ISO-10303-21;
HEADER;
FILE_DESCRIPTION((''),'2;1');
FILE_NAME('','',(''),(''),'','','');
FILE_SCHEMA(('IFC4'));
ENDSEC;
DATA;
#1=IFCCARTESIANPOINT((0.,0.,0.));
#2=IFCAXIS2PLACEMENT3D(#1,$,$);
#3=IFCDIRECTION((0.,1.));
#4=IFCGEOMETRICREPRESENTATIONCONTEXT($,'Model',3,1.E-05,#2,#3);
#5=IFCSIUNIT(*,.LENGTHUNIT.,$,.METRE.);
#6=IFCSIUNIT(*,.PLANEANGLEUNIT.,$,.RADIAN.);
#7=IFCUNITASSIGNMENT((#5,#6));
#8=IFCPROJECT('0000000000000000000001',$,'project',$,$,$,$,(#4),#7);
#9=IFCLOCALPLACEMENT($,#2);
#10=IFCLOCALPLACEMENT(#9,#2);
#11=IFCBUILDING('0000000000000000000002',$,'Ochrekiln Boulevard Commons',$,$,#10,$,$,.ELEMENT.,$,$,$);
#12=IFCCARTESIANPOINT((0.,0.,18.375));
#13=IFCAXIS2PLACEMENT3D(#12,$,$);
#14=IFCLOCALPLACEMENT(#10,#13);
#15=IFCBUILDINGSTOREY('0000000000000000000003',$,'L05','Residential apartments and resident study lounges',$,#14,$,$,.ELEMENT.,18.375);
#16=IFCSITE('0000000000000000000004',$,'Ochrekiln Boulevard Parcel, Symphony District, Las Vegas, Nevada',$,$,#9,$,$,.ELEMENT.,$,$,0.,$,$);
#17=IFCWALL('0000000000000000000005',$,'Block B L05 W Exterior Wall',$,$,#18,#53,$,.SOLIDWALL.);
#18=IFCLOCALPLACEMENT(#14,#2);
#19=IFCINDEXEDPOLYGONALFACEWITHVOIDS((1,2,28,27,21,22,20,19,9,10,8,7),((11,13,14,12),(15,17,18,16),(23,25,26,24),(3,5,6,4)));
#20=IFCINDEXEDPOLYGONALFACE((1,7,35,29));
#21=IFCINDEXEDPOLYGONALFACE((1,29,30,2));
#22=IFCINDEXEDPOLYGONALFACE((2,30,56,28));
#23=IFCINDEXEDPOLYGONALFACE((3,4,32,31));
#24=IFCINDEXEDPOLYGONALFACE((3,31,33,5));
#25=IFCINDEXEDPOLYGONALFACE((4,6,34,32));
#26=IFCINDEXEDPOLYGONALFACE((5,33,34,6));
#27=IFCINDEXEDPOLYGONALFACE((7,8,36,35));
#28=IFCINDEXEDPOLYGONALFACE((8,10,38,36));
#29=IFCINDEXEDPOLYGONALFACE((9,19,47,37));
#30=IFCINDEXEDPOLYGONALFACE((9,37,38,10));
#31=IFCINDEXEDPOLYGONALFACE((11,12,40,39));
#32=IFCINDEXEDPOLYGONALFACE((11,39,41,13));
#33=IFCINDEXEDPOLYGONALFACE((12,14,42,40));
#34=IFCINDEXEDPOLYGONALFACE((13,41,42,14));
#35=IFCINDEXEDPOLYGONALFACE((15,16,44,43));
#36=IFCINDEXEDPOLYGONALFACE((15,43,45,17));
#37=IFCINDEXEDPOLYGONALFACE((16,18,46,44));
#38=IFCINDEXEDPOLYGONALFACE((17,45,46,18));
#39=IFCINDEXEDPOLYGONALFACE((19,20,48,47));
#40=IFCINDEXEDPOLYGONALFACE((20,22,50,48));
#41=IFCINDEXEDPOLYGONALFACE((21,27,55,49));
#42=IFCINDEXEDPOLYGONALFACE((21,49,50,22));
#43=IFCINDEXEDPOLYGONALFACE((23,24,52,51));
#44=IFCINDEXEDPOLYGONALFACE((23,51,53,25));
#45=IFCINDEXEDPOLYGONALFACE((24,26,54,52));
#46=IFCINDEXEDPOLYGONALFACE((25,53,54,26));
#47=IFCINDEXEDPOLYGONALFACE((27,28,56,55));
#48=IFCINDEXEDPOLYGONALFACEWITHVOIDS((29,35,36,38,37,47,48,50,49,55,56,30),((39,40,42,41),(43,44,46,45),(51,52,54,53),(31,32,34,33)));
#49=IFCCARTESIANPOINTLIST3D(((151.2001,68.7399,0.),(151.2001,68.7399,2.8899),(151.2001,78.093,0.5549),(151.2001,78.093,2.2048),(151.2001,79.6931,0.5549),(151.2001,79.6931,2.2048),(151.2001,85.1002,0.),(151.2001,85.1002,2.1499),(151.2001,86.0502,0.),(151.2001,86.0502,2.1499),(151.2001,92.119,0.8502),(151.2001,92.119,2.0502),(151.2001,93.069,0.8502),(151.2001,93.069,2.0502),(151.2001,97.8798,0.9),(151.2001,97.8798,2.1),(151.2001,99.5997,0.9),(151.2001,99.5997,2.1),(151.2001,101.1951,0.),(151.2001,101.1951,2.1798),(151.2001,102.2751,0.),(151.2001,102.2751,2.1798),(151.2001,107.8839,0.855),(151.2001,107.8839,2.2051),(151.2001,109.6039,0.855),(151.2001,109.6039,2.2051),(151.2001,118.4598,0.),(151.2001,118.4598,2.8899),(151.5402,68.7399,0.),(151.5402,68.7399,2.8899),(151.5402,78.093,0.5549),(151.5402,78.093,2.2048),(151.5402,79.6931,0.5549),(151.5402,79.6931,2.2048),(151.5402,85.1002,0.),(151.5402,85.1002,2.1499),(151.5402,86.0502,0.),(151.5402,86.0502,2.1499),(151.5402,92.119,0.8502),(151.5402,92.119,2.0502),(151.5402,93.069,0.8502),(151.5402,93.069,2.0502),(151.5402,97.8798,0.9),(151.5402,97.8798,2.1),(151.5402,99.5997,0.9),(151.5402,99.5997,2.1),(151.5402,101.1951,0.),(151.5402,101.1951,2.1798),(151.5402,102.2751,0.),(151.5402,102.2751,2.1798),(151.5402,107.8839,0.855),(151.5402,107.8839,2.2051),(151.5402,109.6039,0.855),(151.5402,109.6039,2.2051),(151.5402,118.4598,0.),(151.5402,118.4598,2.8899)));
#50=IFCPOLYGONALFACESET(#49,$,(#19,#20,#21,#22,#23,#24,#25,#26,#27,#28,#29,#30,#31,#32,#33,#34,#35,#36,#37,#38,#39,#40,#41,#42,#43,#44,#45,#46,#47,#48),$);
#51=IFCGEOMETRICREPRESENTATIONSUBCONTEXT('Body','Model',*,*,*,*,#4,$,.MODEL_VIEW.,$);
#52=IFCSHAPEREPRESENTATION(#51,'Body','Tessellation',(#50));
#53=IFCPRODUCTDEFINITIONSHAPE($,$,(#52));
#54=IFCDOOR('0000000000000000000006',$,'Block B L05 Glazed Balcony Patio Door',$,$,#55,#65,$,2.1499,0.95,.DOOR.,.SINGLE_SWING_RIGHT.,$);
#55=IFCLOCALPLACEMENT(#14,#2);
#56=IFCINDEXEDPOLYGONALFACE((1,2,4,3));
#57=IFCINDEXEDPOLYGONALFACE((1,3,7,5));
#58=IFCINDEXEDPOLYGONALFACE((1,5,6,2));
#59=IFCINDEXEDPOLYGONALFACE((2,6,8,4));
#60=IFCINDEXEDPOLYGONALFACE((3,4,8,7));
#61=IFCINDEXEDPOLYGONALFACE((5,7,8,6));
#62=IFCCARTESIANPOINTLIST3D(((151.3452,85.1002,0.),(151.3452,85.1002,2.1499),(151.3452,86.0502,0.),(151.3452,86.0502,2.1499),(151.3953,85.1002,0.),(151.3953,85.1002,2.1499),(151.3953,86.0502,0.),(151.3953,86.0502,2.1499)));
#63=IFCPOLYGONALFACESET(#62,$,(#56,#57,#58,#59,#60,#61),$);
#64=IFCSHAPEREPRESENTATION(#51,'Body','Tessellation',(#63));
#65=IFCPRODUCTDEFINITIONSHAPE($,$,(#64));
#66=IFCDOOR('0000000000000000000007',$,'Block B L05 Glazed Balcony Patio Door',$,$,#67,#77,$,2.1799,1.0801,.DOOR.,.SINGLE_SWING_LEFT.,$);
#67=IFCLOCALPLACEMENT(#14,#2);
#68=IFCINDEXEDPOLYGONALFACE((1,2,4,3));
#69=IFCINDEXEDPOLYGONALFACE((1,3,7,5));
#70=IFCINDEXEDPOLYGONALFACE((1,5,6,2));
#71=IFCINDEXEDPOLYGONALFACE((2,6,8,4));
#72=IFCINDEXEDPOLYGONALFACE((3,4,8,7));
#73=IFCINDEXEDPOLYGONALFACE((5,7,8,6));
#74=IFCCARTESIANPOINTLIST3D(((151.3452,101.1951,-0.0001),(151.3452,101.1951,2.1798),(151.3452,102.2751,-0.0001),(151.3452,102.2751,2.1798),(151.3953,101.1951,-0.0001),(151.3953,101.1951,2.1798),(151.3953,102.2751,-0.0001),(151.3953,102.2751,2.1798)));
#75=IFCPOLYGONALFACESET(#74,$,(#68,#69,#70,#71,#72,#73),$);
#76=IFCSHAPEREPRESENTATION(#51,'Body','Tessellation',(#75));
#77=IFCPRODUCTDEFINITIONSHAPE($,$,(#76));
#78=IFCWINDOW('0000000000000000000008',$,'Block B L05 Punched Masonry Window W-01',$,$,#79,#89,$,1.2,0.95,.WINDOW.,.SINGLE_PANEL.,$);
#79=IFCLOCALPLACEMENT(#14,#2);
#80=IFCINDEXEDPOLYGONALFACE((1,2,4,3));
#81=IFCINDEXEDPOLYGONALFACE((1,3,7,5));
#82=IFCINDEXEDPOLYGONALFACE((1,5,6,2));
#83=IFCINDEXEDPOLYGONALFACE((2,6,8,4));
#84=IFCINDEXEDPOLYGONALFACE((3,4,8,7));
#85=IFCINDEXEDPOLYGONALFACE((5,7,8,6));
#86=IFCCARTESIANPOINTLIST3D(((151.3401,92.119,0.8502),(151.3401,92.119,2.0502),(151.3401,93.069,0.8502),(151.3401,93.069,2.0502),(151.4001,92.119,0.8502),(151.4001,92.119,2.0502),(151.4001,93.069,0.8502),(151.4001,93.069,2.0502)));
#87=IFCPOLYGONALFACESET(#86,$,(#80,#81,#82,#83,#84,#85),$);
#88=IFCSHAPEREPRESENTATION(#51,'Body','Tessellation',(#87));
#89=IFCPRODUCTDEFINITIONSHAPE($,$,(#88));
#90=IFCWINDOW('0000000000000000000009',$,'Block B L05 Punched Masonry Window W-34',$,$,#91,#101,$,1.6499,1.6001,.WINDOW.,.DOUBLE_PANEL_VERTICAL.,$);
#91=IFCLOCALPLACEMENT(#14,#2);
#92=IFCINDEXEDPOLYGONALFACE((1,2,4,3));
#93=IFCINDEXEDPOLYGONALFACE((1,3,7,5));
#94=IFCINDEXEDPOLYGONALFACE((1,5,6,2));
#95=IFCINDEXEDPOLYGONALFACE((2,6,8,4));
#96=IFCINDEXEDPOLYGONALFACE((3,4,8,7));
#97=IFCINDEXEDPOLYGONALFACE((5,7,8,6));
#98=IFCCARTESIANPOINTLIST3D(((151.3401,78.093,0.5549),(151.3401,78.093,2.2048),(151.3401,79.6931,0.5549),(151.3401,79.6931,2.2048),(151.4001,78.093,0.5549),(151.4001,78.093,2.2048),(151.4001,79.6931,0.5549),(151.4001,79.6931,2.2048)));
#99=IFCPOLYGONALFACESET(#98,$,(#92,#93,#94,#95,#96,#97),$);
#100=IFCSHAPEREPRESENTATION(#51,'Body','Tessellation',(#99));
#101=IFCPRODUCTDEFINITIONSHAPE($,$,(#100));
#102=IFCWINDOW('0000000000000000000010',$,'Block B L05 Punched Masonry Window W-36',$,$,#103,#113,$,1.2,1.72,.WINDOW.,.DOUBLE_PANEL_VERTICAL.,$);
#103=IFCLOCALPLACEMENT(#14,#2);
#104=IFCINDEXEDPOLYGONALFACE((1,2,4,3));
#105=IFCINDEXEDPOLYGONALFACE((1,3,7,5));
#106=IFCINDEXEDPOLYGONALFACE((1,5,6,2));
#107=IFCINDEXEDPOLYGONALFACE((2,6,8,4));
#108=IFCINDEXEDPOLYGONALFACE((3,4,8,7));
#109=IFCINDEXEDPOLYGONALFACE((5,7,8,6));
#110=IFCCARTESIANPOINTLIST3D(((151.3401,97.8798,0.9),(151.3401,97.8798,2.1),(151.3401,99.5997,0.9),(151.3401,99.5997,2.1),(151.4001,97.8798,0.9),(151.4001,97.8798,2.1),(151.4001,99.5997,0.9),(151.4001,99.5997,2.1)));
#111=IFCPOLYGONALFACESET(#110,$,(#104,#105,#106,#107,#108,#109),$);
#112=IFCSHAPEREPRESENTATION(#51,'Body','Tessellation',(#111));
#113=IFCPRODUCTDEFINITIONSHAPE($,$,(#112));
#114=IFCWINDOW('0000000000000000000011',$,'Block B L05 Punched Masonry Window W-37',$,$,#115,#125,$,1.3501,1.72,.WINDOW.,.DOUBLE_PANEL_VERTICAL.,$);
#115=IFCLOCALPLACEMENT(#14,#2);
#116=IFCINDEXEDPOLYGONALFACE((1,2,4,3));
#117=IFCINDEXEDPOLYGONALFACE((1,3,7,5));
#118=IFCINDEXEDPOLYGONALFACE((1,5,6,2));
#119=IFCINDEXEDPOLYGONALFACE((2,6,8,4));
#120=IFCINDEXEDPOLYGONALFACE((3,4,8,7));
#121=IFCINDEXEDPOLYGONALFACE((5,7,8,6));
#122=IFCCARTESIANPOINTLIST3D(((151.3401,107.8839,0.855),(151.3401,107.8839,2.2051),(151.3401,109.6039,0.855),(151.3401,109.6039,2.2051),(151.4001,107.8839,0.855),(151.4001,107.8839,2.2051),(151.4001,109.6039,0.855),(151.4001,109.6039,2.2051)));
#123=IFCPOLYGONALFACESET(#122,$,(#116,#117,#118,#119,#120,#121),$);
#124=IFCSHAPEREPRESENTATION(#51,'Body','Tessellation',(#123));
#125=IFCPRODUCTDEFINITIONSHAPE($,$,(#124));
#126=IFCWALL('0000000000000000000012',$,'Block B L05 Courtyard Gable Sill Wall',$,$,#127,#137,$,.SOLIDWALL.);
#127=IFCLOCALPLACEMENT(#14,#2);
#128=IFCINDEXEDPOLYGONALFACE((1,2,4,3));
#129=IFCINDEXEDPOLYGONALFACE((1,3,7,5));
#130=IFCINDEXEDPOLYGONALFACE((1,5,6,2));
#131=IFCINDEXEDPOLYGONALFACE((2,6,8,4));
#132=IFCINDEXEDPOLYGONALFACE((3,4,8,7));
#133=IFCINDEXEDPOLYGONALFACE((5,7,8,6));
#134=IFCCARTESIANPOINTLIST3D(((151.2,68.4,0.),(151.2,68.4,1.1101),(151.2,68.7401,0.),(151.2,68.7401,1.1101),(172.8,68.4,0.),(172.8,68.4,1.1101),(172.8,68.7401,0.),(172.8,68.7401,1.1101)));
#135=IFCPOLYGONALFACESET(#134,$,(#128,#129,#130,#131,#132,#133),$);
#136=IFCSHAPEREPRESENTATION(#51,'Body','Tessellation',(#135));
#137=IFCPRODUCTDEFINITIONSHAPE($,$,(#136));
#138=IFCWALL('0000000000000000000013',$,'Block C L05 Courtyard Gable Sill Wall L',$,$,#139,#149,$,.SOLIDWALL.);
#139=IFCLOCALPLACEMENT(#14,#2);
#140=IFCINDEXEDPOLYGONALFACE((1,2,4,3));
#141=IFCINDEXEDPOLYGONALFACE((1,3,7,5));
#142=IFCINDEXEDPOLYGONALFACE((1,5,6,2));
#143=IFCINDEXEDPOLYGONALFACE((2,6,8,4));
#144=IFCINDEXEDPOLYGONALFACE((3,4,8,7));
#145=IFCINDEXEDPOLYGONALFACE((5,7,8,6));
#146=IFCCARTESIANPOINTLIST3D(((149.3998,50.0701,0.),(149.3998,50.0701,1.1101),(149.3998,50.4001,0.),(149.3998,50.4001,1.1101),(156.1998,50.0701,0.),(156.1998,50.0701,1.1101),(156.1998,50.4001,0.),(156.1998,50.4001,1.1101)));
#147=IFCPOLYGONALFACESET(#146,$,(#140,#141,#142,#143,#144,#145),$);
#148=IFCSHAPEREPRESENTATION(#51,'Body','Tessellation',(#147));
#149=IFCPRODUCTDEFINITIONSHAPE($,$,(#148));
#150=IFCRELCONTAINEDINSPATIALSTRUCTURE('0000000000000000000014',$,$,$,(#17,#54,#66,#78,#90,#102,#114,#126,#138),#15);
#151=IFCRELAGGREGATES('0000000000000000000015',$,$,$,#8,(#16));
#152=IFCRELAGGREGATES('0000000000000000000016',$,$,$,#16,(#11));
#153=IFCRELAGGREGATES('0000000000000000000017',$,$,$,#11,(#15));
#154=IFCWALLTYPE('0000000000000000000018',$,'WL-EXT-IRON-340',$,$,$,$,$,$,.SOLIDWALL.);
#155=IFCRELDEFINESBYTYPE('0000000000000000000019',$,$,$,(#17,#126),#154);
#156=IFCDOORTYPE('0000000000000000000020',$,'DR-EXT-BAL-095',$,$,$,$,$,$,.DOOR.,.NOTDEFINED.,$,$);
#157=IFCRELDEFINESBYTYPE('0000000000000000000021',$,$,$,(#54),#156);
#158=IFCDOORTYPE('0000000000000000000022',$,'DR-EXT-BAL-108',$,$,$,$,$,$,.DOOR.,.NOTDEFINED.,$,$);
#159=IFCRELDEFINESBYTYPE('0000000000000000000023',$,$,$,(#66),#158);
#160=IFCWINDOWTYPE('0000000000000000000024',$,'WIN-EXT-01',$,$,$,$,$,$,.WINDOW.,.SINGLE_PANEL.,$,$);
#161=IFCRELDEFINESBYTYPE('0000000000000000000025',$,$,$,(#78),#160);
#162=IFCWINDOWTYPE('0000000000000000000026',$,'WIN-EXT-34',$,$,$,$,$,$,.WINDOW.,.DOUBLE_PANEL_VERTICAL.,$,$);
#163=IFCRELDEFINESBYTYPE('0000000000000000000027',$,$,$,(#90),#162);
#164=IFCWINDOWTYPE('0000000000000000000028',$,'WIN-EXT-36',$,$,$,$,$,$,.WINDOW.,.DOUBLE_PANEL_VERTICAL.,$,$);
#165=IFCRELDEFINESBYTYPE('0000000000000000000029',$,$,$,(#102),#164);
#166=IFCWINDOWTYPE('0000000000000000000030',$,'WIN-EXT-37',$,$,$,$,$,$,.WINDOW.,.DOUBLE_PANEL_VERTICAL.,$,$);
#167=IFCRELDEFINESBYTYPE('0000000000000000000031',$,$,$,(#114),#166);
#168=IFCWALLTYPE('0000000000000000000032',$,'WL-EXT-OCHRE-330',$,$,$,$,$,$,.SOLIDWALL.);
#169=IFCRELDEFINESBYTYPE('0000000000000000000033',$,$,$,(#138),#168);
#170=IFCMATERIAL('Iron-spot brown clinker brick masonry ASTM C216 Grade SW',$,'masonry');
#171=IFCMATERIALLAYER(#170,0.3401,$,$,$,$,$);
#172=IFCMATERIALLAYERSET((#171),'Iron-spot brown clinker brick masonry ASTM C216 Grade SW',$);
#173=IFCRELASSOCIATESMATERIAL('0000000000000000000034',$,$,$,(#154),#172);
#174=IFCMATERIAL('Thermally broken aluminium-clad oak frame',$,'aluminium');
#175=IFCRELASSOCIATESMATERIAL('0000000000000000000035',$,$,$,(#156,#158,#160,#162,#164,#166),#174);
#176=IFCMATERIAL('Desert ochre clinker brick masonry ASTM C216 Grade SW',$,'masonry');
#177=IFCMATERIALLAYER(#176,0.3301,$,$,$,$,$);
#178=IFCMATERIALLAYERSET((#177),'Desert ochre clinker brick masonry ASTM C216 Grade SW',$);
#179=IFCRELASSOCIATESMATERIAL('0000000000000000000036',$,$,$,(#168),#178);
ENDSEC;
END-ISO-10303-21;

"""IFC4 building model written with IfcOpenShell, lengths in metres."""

from ifc_helpers import new_model, si_unit, direction, frame, frame_2d, origin, place, context, subcontext, project, spatial, rectangle, extrude, material, layer, layer_set, type_object, element, fill, save


model = new_model("IFC4")

# Units and contexts
model_context = context("Model", 3, precision=1e-05, world=origin(), true_north=direction((0.0, 1.0)))
body_context = subcontext(model_context, "Body", "Model", "MODEL_VIEW")
ifc_project = project(units=[si_unit("LENGTHUNIT", "METRE"), si_unit("PLANEANGLEUNIT", "RADIAN")], contexts=[model_context])

# Site, building, storey
site_placement = place(None, origin())
site = spatial("IfcSite", under=ifc_project, at=site_placement, Name="Ochrekiln Boulevard Parcel, Symphony District, Las Vegas, Nevada", CompositionType="ELEMENT", RefElevation=0.0)
building_placement = place(site_placement, origin())
building = spatial("IfcBuilding", under=site, at=building_placement, Name="Ochrekiln Boulevard Commons", CompositionType="ELEMENT")
storey_placement = place(building_placement, frame((0.0, 0.0, 18.375)))
storey = spatial("IfcBuildingStorey", under=building, at=storey_placement, Name="L05", Description="Residential apartments and resident study lounges", CompositionType="ELEMENT", Elevation=18.375)

# Wall, openings, doors, windows
ifc_material_1 = material(Name="Iron-spot brown clinker brick masonry ASTM C216 Grade SW", Category="masonry")
ifc_layer_1 = layer(ifc_material_1, 0.3401)
ifc_layer_set_1 = layer_set([ifc_layer_1], Name="Iron-spot brown clinker brick masonry ASTM C216 Grade SW")
wall_type_1 = type_object("IfcWallType", Name="WL-EXT-IRON-340", PredefinedType="SOLIDWALL", material=ifc_layer_set_1)
wall_1_placement = place(storey_placement, frame((151.3701, 68.74, 0.0), z_axis=(0.0, 0.0, 1.0), x_axis=(0.0, 1.0, 0.0)))
wall_1 = element("IfcWall", 1, at=wall_1_placement, inside=storey, type_object=wall_type_1, Name="Block B L05 W Exterior Wall", PredefinedType="SOLIDWALL", context=body_context, shape_type="SweptSolid", body=[
    extrude(rectangle(XDim=49.72, YDim=0.3401, at=frame_2d((24.8599, 0.0))), origin(), (0.0, 0.0, 1.0), 2.8899),
])
opening_1_placement = place(wall_1_placement, frame((16.3601, 0.0, 0.0)))
opening_1 = element("IfcOpeningElement", 2, at=opening_1_placement, cuts=wall_1, PredefinedType="OPENING", context=body_context, shape_type="SweptSolid", body=[
    extrude(rectangle(XDim=0.95, YDim=2.1499, at=frame_2d((0.4751, 1.075))), frame((0.0, 0.1799, 0.0), z_axis=(0.0, -1.0, 0.0), x_axis=(1.0, 0.0, 0.0)), (0.0, 0.0, 1.0), 0.3601),
])
opening_2_placement = place(wall_1_placement, frame((9.353, 0.0, 0.5549)))
opening_2 = element("IfcOpeningElement", 3, at=opening_2_placement, cuts=wall_1, PredefinedType="OPENING", context=body_context, shape_type="SweptSolid", body=[
    extrude(rectangle(XDim=1.6001, YDim=1.6499, at=frame_2d((0.8, 0.825))), frame((0.0, 0.1799, 0.0), z_axis=(0.0, -1.0, 0.0), x_axis=(1.0, 0.0, 0.0)), (0.0, 0.0, 1.0), 0.3601),
])
opening_3_placement = place(wall_1_placement, frame((23.3789, 0.0, 0.8501)))
opening_3 = element("IfcOpeningElement", 4, at=opening_3_placement, cuts=wall_1, PredefinedType="OPENING", context=body_context, shape_type="SweptSolid", body=[
    extrude(rectangle(XDim=0.95, YDim=1.2, at=frame_2d((0.4751, 0.6001))), frame((0.0, 0.1799, 0.0), z_axis=(0.0, -1.0, 0.0), x_axis=(1.0, 0.0, 0.0)), (0.0, 0.0, 1.0), 0.3601),
])
opening_4_placement = place(wall_1_placement, frame((32.4551, 0.0, 0.0)))
opening_4 = element("IfcOpeningElement", 5, at=opening_4_placement, cuts=wall_1, PredefinedType="OPENING", context=body_context, shape_type="SweptSolid", body=[
    extrude(rectangle(XDim=1.0801, YDim=2.1799, at=frame_2d((0.54, 1.0898))), frame((0.0, 0.1799, 0.0), z_axis=(0.0, -1.0, 0.0), x_axis=(1.0, 0.0, 0.0)), (0.0, 0.0, 1.0), 0.3601),
])
opening_5_placement = place(wall_1_placement, frame((29.1399, 0.0, 0.8999)))
opening_5 = element("IfcOpeningElement", 6, at=opening_5_placement, cuts=wall_1, PredefinedType="OPENING", context=body_context, shape_type="SweptSolid", body=[
    extrude(rectangle(XDim=1.72, YDim=1.2, at=frame_2d((0.8599, 0.6001))), frame((0.0, 0.1799, 0.0), z_axis=(0.0, -1.0, 0.0), x_axis=(1.0, 0.0, 0.0)), (0.0, 0.0, 1.0), 0.3601),
])
opening_6_placement = place(wall_1_placement, frame((39.144, 0.0, 0.855)))
opening_6 = element("IfcOpeningElement", 7, at=opening_6_placement, cuts=wall_1, PredefinedType="OPENING", context=body_context, shape_type="SweptSolid", body=[
    extrude(rectangle(XDim=1.72, YDim=1.3501, at=frame_2d((0.8599, 0.675))), frame((0.0, 0.1799, 0.0), z_axis=(0.0, -1.0, 0.0), x_axis=(1.0, 0.0, 0.0)), (0.0, 0.0, 1.0), 0.3601),
])
ifc_material_2 = material(Name="Thermally broken aluminium-clad oak frame", Category="aluminium")
door_type_1 = type_object("IfcDoorType", Name="DR-EXT-BAL-095", OperationType="NOTDEFINED", PredefinedType="DOOR", material=ifc_material_2)
door_1_placement = place(opening_1_placement, origin())
door_1 = element("IfcDoor", 8, at=door_1_placement, inside=storey, type_object=door_type_1, Name="Block B L05 Glazed Balcony Patio Door", OperationType="SINGLE_SWING_RIGHT", OverallHeight=2.1499, OverallWidth=0.95, PredefinedType="DOOR", context=body_context, shape_type="SweptSolid", body=[
    extrude(rectangle(XDim=0.95, YDim=2.1499, at=frame_2d((0.4751, 1.075))), frame((0.0, 0.0249, 0.0), z_axis=(0.0, -1.0, 0.0), x_axis=(1.0, 0.0, 0.0)), (0.0, 0.0, 1.0), 0.05),
])
fill(opening_1, door_1)
door_type_2 = type_object("IfcDoorType", Name="DR-EXT-BAL-108", OperationType="NOTDEFINED", PredefinedType="DOOR", material=ifc_material_2)
door_2_placement = place(opening_4_placement, origin())
door_2 = element("IfcDoor", 9, at=door_2_placement, inside=storey, type_object=door_type_2, Name="Block B L05 Glazed Balcony Patio Door", OperationType="SINGLE_SWING_LEFT", OverallHeight=2.1799, OverallWidth=1.0801, PredefinedType="DOOR", context=body_context, shape_type="SweptSolid", body=[
    extrude(rectangle(XDim=1.0801, YDim=2.1799, at=frame_2d((0.54, 1.0898))), frame((0.0, 0.0249, 0.0), z_axis=(0.0, -1.0, 0.0), x_axis=(1.0, 0.0, 0.0)), (0.0, 0.0, 1.0), 0.05),
])
fill(opening_4, door_2)
window_type_1 = type_object("IfcWindowType", Name="WIN-EXT-01", PartitioningType="SINGLE_PANEL", PredefinedType="WINDOW", material=ifc_material_2)
window_1_placement = place(opening_3_placement, origin())
window_1 = element("IfcWindow", 10, at=window_1_placement, inside=storey, type_object=window_type_1, Name="Block B L05 Punched Masonry Window W-01", OverallHeight=1.2, OverallWidth=0.95, PartitioningType="SINGLE_PANEL", PredefinedType="WINDOW", context=body_context, shape_type="SweptSolid", body=[
    extrude(rectangle(XDim=0.95, YDim=1.2, at=frame_2d((0.4751, 0.6001))), frame((0.0, 0.03, 0.0), z_axis=(0.0, -1.0, 0.0), x_axis=(1.0, 0.0, 0.0)), (0.0, 0.0, 1.0), 0.0601),
])
fill(opening_3, window_1)
window_type_2 = type_object("IfcWindowType", Name="WIN-EXT-34", PartitioningType="DOUBLE_PANEL_VERTICAL", PredefinedType="WINDOW", material=ifc_material_2)
window_2_placement = place(opening_2_placement, origin())
window_2 = element("IfcWindow", 11, at=window_2_placement, inside=storey, type_object=window_type_2, Name="Block B L05 Punched Masonry Window W-34", OverallHeight=1.6499, OverallWidth=1.6001, PartitioningType="DOUBLE_PANEL_VERTICAL", PredefinedType="WINDOW", context=body_context, shape_type="SweptSolid", body=[
    extrude(rectangle(XDim=1.6001, YDim=1.6499, at=frame_2d((0.8, 0.825))), frame((0.0, 0.03, 0.0), z_axis=(0.0, -1.0, 0.0), x_axis=(1.0, 0.0, 0.0)), (0.0, 0.0, 1.0), 0.0601),
])
fill(opening_2, window_2)
window_type_3 = type_object("IfcWindowType", Name="WIN-EXT-36", PartitioningType="DOUBLE_PANEL_VERTICAL", PredefinedType="WINDOW", material=ifc_material_2)
window_3_placement = place(opening_5_placement, origin())
window_3 = element("IfcWindow", 12, at=window_3_placement, inside=storey, type_object=window_type_3, Name="Block B L05 Punched Masonry Window W-36", OverallHeight=1.2, OverallWidth=1.72, PartitioningType="DOUBLE_PANEL_VERTICAL", PredefinedType="WINDOW", context=body_context, shape_type="SweptSolid", body=[
    extrude(rectangle(XDim=1.72, YDim=1.2, at=frame_2d((0.8599, 0.6001))), frame((0.0, 0.03, 0.0), z_axis=(0.0, -1.0, 0.0), x_axis=(1.0, 0.0, 0.0)), (0.0, 0.0, 1.0), 0.0601),
])
fill(opening_5, window_3)
window_type_4 = type_object("IfcWindowType", Name="WIN-EXT-37", PartitioningType="DOUBLE_PANEL_VERTICAL", PredefinedType="WINDOW", material=ifc_material_2)
window_4_placement = place(opening_6_placement, origin())
window_4 = element("IfcWindow", 13, at=window_4_placement, inside=storey, type_object=window_type_4, Name="Block B L05 Punched Masonry Window W-37", OverallHeight=1.3501, OverallWidth=1.72, PartitioningType="DOUBLE_PANEL_VERTICAL", PredefinedType="WINDOW", context=body_context, shape_type="SweptSolid", body=[
    extrude(rectangle(XDim=1.72, YDim=1.3501, at=frame_2d((0.8599, 0.675))), frame((0.0, 0.03, 0.0), z_axis=(0.0, -1.0, 0.0), x_axis=(1.0, 0.0, 0.0)), (0.0, 0.0, 1.0), 0.0601),
])
fill(opening_6, window_4)

# Walls
wall_2_placement = place(storey_placement, frame((151.2, 68.5701, 0.0), z_axis=(0.0, 0.0, 1.0), x_axis=(1.0, 0.0, 0.0)))
element("IfcWall", 14, at=wall_2_placement, inside=storey, type_object=wall_type_1, Name="Block B L05 Courtyard Gable Sill Wall", PredefinedType="SOLIDWALL", context=body_context, shape_type="SweptSolid", body=[
    extrude(rectangle(XDim=21.6001, YDim=0.3401, at=frame_2d((10.8, 0.0))), origin(), (0.0, 0.0, 1.0), 1.1101),
])
ifc_material_3 = material(Name="Desert ochre clinker brick masonry ASTM C216 Grade SW", Category="masonry")
ifc_layer_2 = layer(ifc_material_3, 0.3301)
ifc_layer_set_2 = layer_set([ifc_layer_2], Name="Desert ochre clinker brick masonry ASTM C216 Grade SW")
wall_type_2 = type_object("IfcWallType", Name="WL-EXT-OCHRE-330", PredefinedType="SOLIDWALL", material=ifc_layer_set_2)
wall_3_placement = place(storey_placement, frame((149.3999, 50.2351, 0.0), z_axis=(0.0, 0.0, 1.0), x_axis=(1.0, 0.0, 0.0)))
element("IfcWall", 15, at=wall_3_placement, inside=storey, type_object=wall_type_2, Name="Block C L05 Courtyard Gable Sill Wall L", PredefinedType="SOLIDWALL", context=body_context, shape_type="SweptSolid", body=[
    extrude(rectangle(XDim=6.8, YDim=0.3301, at=frame_2d((3.3999, 0.0))), origin(), (0.0, 0.0, 1.0), 1.1101),
])

save(model, "model.ifc")
